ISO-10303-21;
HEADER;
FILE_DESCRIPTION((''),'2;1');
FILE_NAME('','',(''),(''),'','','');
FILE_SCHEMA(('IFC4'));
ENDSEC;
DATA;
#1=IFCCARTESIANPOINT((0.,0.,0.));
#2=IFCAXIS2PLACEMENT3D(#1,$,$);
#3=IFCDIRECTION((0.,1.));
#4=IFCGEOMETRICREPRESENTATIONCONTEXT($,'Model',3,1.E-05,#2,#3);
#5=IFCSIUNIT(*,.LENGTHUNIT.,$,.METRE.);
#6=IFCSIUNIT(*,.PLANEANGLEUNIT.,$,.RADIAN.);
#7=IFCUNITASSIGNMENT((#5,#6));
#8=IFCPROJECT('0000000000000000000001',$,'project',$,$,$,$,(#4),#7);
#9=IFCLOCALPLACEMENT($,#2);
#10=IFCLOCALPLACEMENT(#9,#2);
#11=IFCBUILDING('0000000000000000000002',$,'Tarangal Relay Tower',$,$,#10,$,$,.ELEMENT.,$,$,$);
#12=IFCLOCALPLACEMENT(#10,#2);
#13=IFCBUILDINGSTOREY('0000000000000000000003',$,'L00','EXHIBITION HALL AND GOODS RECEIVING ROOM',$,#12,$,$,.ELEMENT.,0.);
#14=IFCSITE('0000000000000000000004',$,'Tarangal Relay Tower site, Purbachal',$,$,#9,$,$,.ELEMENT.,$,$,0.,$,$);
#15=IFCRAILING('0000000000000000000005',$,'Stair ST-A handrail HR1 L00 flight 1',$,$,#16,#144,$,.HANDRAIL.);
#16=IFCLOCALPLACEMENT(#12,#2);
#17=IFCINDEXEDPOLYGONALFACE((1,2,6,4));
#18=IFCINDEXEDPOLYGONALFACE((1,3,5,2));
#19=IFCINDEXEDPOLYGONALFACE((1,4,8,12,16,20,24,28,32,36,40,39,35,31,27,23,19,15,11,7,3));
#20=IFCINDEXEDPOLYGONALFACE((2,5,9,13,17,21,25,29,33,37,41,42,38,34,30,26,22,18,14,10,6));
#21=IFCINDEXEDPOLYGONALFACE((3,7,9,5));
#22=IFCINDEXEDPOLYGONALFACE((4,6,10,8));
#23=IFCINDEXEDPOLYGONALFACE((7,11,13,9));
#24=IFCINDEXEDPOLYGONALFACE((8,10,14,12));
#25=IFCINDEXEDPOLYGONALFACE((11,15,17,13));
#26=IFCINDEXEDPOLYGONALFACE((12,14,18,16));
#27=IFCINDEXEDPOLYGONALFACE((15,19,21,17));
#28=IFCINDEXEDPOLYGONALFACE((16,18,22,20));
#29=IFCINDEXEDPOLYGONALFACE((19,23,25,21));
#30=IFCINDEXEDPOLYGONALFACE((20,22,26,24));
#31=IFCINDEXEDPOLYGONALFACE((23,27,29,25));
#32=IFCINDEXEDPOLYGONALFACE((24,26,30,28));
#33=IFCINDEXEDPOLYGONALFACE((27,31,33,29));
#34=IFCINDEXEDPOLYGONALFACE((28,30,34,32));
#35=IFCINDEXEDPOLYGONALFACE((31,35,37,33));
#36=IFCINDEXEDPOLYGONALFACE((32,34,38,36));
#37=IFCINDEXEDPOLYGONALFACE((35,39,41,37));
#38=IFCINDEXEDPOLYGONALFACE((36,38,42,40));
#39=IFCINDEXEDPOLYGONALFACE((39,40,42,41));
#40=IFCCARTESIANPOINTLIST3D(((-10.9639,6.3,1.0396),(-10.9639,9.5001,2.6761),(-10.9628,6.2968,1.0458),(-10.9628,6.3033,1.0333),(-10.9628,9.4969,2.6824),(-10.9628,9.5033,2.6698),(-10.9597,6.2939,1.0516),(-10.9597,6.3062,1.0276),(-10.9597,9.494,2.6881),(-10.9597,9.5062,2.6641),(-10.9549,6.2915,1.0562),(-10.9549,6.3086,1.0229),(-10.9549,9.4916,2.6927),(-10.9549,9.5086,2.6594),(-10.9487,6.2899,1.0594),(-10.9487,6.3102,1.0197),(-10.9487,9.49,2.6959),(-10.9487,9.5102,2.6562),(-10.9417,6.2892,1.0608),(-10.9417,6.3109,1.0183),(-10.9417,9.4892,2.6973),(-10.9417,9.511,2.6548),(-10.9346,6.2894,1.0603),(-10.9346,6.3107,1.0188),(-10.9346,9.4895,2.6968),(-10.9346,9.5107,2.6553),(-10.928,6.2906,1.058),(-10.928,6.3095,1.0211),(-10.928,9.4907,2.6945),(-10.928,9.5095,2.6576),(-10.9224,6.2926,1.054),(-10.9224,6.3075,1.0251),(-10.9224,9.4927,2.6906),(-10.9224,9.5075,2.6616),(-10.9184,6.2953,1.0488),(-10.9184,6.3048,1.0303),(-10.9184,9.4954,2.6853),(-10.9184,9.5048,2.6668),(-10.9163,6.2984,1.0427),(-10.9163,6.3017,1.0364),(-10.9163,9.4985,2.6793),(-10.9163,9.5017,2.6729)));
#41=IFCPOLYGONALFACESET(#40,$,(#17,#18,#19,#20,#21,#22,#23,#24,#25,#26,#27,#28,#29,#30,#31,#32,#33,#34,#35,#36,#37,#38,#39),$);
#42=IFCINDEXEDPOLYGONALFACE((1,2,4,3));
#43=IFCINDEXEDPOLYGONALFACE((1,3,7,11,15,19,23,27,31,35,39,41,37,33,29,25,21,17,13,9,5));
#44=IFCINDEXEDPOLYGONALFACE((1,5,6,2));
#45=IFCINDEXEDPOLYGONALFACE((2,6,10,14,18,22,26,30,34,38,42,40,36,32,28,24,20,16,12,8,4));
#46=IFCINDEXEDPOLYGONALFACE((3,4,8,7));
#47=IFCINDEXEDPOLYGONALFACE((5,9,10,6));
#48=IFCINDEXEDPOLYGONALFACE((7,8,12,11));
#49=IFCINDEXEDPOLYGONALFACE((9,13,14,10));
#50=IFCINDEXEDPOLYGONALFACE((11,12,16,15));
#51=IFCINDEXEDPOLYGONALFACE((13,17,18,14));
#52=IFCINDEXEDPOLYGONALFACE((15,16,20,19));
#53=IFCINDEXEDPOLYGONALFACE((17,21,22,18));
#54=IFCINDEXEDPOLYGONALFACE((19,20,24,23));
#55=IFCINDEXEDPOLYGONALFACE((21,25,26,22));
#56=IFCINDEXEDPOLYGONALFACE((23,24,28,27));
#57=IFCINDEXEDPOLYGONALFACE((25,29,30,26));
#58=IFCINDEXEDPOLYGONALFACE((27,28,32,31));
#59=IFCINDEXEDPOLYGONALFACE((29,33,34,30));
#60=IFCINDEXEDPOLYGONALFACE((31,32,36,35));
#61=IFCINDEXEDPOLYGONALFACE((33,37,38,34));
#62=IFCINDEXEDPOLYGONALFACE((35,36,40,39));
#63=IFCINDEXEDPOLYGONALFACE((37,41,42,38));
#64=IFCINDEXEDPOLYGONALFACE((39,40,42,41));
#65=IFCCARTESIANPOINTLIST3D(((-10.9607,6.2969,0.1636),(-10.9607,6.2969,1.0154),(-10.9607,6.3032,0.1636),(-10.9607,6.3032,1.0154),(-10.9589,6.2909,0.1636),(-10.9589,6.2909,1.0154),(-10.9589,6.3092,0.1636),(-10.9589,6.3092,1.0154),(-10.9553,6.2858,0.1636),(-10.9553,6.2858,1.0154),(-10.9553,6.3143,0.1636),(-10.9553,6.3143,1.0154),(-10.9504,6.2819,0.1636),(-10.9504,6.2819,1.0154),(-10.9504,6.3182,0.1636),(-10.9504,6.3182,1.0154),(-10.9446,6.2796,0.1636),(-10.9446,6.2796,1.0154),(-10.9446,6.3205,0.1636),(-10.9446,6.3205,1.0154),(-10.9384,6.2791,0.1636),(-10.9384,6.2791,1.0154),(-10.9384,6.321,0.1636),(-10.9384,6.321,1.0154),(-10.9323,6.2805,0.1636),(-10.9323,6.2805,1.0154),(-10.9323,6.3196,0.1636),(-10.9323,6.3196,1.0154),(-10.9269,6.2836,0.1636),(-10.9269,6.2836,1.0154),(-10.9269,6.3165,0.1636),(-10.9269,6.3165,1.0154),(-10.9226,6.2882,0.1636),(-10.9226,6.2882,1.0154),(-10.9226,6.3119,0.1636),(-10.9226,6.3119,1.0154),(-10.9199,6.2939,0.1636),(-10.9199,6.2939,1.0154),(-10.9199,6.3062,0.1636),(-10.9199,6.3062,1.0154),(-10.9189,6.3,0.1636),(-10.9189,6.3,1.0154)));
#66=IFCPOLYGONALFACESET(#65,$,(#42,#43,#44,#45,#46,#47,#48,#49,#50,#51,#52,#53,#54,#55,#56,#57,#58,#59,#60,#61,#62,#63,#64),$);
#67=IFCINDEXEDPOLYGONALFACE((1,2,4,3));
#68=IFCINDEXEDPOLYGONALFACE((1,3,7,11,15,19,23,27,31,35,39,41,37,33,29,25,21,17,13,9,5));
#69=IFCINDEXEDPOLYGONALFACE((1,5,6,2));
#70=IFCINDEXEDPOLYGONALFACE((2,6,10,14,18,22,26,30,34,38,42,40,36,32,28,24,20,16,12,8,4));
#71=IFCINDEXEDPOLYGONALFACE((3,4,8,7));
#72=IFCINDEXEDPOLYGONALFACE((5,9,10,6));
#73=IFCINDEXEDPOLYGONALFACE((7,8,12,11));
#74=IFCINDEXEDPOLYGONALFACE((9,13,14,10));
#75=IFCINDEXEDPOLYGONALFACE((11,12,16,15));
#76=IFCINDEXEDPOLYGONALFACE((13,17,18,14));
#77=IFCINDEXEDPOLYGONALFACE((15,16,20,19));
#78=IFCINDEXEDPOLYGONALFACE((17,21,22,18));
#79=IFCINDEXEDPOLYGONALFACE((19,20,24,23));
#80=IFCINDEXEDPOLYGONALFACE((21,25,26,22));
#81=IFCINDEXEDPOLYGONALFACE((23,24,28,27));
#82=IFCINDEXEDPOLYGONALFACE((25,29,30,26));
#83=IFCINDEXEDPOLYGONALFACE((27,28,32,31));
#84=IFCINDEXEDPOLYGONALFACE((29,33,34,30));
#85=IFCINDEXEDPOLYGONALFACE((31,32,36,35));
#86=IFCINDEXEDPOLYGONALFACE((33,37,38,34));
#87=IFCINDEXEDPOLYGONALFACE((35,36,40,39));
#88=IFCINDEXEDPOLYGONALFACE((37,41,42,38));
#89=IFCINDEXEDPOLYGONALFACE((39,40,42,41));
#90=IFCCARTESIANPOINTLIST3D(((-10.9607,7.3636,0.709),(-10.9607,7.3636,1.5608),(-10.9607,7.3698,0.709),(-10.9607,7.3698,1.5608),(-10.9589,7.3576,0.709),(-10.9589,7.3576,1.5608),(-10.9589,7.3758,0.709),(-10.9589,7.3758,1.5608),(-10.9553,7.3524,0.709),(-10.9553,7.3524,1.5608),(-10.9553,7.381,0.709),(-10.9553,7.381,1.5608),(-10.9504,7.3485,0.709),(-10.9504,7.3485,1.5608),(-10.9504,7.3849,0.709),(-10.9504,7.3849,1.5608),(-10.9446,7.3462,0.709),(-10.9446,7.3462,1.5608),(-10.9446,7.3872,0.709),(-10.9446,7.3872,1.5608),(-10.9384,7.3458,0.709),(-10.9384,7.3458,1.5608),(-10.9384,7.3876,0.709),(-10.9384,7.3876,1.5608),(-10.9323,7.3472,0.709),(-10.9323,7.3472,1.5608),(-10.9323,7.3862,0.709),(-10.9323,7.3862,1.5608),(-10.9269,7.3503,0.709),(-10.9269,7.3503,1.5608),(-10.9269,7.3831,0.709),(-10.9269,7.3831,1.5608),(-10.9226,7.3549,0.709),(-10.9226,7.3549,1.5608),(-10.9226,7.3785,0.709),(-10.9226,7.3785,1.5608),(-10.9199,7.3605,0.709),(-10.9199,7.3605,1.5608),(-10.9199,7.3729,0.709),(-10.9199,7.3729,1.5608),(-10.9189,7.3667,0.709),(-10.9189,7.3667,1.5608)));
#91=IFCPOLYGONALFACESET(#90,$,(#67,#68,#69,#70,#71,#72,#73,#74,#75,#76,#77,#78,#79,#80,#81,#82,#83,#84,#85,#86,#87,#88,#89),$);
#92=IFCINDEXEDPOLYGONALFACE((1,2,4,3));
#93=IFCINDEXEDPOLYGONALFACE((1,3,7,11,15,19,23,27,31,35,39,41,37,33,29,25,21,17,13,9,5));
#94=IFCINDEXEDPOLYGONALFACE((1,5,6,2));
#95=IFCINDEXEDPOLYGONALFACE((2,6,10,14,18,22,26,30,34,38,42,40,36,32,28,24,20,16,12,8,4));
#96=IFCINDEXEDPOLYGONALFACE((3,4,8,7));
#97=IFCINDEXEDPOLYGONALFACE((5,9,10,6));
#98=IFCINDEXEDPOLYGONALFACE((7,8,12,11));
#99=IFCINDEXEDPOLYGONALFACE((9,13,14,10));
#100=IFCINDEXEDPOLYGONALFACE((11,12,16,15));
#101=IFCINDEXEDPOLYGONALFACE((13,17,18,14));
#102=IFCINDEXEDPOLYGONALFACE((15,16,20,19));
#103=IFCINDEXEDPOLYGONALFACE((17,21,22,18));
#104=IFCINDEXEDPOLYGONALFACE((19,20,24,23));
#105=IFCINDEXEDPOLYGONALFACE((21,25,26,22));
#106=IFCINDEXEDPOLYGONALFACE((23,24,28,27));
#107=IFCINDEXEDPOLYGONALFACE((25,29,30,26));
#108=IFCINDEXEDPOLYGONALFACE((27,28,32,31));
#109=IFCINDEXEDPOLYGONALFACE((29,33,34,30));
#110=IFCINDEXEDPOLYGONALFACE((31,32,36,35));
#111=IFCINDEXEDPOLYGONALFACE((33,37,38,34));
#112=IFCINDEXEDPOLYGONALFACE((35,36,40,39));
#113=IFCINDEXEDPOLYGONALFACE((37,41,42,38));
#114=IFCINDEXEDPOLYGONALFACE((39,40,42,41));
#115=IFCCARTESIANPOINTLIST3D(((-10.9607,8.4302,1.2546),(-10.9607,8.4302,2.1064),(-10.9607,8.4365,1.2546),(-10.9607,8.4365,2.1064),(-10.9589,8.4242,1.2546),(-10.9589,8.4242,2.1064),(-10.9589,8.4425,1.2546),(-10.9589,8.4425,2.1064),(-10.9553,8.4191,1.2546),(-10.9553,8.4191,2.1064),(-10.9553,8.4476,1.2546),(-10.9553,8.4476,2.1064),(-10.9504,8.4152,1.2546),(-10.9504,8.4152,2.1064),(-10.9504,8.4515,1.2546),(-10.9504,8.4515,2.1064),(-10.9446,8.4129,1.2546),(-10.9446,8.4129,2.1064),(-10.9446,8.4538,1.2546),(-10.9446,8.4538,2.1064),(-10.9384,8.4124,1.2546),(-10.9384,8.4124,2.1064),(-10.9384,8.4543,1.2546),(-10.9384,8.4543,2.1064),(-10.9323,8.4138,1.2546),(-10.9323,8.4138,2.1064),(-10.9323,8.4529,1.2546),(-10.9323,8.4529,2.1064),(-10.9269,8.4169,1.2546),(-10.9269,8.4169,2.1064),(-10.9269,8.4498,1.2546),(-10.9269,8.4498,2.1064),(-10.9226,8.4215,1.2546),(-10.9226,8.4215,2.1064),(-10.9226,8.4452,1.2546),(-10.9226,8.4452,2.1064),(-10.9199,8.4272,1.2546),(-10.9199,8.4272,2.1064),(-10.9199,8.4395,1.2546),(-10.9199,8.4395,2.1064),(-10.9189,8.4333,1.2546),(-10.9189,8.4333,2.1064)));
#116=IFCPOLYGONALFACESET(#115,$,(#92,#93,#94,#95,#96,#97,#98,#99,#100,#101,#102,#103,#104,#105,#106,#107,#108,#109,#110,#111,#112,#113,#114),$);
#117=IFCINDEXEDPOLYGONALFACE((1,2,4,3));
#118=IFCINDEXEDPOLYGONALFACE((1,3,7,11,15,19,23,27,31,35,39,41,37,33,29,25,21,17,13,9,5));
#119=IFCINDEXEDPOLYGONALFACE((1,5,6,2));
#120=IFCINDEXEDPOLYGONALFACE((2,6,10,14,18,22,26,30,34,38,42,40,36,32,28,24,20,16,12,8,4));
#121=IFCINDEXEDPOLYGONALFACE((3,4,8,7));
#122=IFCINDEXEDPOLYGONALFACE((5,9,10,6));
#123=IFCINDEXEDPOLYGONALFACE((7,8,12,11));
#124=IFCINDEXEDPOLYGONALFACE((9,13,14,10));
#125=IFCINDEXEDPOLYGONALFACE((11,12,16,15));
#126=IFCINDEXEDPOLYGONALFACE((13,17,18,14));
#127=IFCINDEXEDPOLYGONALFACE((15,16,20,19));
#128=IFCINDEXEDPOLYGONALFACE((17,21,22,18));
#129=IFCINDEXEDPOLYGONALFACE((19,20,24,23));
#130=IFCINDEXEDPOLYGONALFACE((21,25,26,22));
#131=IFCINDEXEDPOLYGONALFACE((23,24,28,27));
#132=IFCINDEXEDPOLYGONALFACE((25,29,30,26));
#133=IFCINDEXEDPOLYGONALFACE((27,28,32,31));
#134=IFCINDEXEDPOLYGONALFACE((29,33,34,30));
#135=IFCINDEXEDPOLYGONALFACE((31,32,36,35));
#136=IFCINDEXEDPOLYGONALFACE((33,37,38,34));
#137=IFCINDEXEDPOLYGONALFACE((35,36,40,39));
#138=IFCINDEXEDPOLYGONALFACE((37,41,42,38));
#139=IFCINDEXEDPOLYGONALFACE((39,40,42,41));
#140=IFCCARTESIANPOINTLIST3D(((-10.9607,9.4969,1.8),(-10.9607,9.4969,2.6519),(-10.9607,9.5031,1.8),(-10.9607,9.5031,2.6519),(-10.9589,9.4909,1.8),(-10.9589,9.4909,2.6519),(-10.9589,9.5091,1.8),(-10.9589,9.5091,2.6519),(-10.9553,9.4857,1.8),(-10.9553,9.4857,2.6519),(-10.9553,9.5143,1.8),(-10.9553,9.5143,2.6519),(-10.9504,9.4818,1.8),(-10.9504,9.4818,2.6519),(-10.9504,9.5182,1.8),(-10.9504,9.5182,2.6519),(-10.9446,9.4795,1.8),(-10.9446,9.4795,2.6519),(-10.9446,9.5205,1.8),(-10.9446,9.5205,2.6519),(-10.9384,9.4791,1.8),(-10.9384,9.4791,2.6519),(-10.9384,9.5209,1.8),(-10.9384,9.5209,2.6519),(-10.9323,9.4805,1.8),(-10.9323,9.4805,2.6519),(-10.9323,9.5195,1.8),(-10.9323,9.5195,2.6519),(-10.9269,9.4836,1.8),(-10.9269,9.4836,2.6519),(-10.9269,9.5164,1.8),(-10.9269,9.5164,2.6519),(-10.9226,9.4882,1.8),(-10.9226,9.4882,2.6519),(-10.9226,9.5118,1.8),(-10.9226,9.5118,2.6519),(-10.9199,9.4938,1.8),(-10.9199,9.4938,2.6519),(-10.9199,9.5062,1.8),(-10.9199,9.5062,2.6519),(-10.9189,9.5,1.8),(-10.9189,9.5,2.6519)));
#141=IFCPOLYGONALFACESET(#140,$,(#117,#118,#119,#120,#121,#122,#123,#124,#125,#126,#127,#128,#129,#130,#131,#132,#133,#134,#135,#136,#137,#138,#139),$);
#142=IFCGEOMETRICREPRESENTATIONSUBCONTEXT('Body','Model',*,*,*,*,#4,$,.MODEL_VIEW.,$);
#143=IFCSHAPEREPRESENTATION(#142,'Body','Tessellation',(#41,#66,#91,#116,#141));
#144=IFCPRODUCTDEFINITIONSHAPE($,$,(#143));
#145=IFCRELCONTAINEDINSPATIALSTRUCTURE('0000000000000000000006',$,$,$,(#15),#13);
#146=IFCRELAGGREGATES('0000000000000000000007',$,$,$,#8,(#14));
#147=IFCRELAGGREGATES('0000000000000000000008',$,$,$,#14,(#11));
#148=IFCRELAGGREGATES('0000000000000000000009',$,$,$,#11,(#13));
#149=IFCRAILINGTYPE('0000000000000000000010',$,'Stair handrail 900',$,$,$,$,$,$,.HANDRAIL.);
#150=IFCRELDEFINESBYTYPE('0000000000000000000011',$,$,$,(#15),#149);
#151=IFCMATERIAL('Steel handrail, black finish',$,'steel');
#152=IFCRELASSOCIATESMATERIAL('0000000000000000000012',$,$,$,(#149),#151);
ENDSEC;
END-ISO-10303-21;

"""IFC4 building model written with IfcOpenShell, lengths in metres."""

from ifc_helpers import new_model, si_unit, direction, frame, origin, origin_2d, place, context, subcontext, project, spatial, circle, extrude, material, type_object, element, save


model = new_model("IFC4")

# Units and contexts
model_context = context("Model", 3, precision=1e-05, world=origin(), true_north=direction((0.0, 1.0)))
body_context = subcontext(model_context, "Body", "Model", "MODEL_VIEW")
ifc_project = project(units=[si_unit("LENGTHUNIT", "METRE"), si_unit("PLANEANGLEUNIT", "RADIAN")], contexts=[model_context])

# Site, building, storey
site_placement = place(None, origin())
site = spatial("IfcSite", under=ifc_project, at=site_placement, Name="Tarangal Relay Tower site, Purbachal", CompositionType="ELEMENT", RefElevation=0.0)
building_placement = place(site_placement, origin())
building = spatial("IfcBuilding", under=site, at=building_placement, Name="Tarangal Relay Tower", CompositionType="ELEMENT")
storey_placement = place(building_placement, origin())
storey = spatial("IfcBuildingStorey", under=building, at=storey_placement, Name="L00", Description="EXHIBITION HALL AND GOODS RECEIVING ROOM", CompositionType="ELEMENT", Elevation=0.0)

# Railing
ifc_material_1 = material(Name="Steel handrail, black finish", Category="steel")
railing_type_1 = type_object("IfcRailingType", Name="Stair handrail 900", PredefinedType="HANDRAIL", material=ifc_material_1)
railing_1_placement = place(storey_placement, frame((-10.9399, 6.3, 0.1636)))
element("IfcRailing", 1, at=railing_1_placement, inside=storey, type_object=railing_type_1, Name="Stair ST-A handrail HR1 L00 flight 1", PredefinedType="HANDRAIL", context=body_context, shape_type="SweptSolid", body=[
    extrude(circle(Radius=0.0239, at=origin_2d()), frame((0.0, 0.0, 0.876), z_axis=(0.0, 0.890328, 0.455319), x_axis=(-1.0, 0.0, 0.0)), (0.0, 0.0, 1.0), 3.5942),
    extrude(circle(Radius=0.021, at=origin_2d()), origin(), (0.0, 0.0, 1.0), 0.8518),
    extrude(circle(Radius=0.021, at=origin_2d()), frame((0.0, 1.0667, 0.5454)), (0.0, 0.0, 1.0), 0.8518),
    extrude(circle(Radius=0.021, at=origin_2d()), frame((0.0, 2.1333, 1.0911)), (0.0, 0.0, 1.0), 0.8518),
    extrude(circle(Radius=0.021, at=origin_2d()), frame((0.0, 3.2, 1.6365)), (0.0, 0.0, 1.0), 0.8518),
])

save(model, "model.ifc")
